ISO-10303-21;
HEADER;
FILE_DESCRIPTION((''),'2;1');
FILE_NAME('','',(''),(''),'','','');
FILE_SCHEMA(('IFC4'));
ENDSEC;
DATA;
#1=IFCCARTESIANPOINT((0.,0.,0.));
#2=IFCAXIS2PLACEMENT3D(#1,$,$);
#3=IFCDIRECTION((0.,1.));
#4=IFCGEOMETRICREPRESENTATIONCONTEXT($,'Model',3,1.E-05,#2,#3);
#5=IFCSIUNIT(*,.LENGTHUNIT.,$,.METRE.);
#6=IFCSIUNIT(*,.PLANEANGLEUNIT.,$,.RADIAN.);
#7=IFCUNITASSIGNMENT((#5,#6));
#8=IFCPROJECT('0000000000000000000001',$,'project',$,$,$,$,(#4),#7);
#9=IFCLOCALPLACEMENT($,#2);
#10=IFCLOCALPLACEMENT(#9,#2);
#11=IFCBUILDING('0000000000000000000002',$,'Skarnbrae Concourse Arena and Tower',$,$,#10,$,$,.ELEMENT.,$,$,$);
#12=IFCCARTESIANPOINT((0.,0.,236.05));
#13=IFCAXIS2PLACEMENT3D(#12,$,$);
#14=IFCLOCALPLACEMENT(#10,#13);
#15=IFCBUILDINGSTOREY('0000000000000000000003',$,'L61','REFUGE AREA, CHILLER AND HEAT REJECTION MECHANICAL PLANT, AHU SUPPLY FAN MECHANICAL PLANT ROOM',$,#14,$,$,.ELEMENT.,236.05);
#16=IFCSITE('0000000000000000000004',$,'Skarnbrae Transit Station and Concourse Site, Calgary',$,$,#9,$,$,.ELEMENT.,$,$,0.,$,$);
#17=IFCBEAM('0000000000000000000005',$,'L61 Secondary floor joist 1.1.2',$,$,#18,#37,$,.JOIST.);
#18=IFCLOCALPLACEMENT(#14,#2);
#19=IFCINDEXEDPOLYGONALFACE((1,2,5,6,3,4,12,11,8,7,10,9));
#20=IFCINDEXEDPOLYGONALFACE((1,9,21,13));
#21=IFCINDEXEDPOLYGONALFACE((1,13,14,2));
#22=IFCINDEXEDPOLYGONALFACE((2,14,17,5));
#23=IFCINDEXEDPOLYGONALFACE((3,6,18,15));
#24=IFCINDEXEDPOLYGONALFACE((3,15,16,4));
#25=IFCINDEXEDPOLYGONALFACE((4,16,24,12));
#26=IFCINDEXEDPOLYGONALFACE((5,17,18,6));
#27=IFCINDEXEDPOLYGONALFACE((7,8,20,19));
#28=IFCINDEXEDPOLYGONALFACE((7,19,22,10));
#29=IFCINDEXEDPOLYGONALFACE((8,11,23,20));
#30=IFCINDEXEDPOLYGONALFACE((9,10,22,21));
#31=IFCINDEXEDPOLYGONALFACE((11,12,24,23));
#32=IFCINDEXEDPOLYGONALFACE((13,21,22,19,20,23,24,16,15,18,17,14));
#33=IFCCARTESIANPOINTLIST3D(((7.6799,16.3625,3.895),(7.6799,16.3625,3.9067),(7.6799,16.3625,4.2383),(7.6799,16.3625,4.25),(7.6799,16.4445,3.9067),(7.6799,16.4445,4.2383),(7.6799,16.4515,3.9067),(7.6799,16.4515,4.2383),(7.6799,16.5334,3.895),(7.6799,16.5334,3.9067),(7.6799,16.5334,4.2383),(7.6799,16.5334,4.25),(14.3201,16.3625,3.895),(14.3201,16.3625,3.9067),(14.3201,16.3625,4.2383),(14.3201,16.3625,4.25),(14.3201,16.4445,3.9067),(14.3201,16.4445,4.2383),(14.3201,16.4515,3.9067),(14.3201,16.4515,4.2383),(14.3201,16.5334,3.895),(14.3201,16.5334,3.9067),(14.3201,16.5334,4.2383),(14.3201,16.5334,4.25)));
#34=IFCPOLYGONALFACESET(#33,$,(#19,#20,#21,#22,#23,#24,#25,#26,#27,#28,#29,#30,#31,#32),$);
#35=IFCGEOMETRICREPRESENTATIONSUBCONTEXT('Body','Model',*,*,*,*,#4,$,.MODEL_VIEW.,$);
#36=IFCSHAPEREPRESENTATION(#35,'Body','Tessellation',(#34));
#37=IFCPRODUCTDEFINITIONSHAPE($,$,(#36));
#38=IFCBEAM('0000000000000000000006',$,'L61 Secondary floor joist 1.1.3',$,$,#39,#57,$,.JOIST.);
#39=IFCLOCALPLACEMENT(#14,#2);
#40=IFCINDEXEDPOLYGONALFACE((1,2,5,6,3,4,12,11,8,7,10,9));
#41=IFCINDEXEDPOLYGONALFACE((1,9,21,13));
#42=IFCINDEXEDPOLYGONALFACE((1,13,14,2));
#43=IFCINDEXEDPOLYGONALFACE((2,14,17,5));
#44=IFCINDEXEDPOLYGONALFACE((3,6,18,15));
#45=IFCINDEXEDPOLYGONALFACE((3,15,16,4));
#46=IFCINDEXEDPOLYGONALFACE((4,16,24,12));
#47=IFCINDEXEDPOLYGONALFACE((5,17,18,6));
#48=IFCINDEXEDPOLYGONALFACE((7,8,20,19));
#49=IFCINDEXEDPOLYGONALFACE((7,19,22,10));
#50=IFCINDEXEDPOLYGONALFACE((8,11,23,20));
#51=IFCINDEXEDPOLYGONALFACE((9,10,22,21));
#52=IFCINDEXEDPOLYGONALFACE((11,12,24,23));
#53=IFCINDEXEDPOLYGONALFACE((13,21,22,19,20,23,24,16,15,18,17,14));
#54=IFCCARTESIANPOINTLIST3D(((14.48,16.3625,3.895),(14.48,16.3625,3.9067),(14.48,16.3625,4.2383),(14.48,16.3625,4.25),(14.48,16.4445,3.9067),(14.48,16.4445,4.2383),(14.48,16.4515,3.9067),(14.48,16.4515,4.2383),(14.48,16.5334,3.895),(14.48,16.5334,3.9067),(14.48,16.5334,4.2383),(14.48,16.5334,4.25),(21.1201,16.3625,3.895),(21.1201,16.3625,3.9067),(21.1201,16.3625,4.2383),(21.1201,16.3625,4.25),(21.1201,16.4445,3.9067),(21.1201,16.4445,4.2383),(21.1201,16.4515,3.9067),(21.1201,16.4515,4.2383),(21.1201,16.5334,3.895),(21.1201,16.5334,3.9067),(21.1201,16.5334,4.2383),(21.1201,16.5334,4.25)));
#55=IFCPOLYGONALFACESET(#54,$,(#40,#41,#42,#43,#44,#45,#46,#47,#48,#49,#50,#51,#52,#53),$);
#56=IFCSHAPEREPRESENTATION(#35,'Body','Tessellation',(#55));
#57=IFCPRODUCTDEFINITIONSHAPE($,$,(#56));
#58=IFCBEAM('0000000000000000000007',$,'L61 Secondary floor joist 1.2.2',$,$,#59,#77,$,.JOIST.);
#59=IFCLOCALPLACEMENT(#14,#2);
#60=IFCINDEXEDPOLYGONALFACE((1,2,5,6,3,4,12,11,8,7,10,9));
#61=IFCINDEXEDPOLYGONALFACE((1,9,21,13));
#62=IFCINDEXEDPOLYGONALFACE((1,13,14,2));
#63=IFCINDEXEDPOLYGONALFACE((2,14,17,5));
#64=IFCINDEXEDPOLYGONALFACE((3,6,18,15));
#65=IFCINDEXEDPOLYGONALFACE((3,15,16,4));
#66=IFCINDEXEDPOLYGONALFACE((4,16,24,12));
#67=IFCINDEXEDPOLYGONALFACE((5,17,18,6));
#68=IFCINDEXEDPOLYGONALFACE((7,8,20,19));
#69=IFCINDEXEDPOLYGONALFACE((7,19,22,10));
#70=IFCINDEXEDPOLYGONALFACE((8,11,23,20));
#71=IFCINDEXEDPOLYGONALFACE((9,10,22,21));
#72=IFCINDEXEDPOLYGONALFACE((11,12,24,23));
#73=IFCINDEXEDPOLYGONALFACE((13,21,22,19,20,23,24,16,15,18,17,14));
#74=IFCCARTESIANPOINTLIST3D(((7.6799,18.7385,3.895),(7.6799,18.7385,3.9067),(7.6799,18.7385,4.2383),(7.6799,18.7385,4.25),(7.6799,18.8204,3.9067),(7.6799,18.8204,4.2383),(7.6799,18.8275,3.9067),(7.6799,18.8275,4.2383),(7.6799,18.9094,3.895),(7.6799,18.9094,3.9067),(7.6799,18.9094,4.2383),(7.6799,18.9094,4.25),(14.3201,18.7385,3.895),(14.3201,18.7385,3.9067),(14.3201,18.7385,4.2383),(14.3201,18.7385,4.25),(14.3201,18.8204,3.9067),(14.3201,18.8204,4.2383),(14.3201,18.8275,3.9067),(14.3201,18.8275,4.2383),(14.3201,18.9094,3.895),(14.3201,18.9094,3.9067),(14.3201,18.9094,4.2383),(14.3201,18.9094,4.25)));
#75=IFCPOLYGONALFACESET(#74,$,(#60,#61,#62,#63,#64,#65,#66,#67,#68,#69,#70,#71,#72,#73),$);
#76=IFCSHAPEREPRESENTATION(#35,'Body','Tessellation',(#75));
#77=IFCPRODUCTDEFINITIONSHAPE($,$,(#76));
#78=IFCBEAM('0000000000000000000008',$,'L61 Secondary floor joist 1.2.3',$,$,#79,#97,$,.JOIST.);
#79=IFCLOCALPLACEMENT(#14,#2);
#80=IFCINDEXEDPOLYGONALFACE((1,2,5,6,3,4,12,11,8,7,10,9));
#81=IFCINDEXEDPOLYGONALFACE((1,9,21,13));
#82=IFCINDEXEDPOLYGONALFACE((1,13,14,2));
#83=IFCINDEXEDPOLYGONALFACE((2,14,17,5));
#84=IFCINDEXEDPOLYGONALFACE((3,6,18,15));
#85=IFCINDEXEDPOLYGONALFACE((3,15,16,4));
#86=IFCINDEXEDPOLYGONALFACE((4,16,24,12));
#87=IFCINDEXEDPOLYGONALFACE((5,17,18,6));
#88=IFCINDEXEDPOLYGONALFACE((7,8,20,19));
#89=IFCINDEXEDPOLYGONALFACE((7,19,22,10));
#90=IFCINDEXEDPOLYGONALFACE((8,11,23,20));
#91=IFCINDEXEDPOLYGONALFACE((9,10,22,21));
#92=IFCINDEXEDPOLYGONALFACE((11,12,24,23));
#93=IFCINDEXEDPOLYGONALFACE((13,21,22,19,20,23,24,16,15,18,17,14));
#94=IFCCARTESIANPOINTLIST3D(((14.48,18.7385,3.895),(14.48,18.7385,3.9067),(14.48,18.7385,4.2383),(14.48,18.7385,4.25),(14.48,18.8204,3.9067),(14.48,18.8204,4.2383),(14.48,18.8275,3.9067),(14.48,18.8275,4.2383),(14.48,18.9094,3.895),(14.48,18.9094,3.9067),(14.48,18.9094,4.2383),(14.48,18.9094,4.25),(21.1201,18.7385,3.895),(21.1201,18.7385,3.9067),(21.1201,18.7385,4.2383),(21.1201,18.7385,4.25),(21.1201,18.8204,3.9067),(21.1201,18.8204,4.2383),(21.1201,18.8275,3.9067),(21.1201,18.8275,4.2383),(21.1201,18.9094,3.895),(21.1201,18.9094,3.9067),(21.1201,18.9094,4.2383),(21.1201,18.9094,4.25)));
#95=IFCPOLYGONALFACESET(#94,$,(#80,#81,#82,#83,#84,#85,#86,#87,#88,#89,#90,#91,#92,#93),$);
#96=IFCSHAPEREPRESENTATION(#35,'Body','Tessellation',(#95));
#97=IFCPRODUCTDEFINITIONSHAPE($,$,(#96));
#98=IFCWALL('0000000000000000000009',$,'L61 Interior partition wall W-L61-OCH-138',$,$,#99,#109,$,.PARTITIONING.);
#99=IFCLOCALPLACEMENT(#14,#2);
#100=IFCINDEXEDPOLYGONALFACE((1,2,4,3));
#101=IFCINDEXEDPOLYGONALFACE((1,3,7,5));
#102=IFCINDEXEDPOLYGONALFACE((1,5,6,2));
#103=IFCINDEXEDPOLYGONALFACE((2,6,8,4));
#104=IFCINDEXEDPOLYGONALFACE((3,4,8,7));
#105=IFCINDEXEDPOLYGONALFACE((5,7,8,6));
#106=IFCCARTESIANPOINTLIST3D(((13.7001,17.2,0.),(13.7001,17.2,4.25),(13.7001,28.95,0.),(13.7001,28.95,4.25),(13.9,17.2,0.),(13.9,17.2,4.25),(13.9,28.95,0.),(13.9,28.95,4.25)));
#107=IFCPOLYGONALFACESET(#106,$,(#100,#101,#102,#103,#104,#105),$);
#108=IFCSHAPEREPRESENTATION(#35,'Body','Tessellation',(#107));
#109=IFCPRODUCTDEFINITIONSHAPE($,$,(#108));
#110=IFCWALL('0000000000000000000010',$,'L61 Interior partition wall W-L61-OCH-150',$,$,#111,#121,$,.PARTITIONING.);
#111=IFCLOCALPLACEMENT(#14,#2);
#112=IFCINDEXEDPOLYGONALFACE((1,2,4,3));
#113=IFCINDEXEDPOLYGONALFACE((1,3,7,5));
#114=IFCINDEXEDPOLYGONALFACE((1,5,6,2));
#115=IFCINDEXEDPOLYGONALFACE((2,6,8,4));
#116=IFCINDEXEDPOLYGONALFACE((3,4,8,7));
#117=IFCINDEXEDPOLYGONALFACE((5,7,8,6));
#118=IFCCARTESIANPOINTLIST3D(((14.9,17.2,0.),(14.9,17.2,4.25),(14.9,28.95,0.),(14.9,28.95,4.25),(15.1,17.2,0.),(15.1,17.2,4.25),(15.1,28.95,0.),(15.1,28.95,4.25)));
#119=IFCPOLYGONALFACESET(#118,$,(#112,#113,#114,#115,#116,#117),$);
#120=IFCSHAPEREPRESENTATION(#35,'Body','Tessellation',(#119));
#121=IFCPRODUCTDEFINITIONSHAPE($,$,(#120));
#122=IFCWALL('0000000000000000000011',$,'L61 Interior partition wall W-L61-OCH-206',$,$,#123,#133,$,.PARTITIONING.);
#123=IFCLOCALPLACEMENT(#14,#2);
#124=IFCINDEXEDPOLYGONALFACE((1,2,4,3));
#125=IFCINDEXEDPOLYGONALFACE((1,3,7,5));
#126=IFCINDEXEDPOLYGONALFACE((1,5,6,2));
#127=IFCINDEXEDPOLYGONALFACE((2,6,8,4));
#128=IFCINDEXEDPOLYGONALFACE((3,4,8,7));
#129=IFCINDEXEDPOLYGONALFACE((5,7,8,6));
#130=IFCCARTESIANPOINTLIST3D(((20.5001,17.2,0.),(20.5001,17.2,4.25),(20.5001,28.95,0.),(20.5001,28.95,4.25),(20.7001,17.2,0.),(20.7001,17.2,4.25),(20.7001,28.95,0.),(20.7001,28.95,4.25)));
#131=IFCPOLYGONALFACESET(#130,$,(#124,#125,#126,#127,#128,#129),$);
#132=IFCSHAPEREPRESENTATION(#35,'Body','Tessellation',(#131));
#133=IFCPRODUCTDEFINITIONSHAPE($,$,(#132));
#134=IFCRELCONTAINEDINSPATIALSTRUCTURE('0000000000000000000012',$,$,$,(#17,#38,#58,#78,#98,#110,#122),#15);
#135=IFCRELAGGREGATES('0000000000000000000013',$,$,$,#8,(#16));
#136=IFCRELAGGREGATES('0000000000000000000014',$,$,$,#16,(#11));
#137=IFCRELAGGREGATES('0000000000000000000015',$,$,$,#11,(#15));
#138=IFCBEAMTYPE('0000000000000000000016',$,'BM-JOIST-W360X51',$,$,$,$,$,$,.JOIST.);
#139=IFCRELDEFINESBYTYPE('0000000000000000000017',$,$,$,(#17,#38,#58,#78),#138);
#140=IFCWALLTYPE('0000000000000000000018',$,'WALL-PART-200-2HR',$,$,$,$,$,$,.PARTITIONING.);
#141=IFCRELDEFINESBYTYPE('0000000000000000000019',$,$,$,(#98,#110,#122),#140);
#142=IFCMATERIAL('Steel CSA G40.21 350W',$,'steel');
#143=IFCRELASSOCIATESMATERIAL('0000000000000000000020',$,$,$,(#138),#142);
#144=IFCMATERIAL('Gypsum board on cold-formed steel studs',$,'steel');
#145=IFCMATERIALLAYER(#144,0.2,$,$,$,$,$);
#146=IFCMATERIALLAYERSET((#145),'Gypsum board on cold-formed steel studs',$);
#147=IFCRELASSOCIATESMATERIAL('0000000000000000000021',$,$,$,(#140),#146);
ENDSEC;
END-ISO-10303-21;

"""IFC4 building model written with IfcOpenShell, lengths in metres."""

from ifc_helpers import new_model, si_unit, direction, frame, frame_2d, origin, origin_2d, place, context, subcontext, project, spatial, rectangle, i_section, extrude, source, transform, mapped, material, layer, layer_set, material_profile, profile_set, type_object, element, save


model = new_model("IFC4")

# Units and contexts
model_context = context("Model", 3, precision=1e-05, world=origin(), true_north=direction((0.0, 1.0)))
body_context = subcontext(model_context, "Body", "Model", "MODEL_VIEW")
ifc_project = project(units=[si_unit("LENGTHUNIT", "METRE"), si_unit("PLANEANGLEUNIT", "RADIAN")], contexts=[model_context])

# Site, building, storey
site_placement = place(None, origin())
site = spatial("IfcSite", under=ifc_project, at=site_placement, Name="Skarnbrae Transit Station and Concourse Site, Calgary", CompositionType="ELEMENT", RefElevation=0.0)
building_placement = place(site_placement, origin())
building = spatial("IfcBuilding", under=site, at=building_placement, Name="Skarnbrae Concourse Arena and Tower", CompositionType="ELEMENT")
storey_placement = place(building_placement, frame((0.0, 0.0, 236.05)))
storey = spatial("IfcBuildingStorey", under=building, at=storey_placement, Name="L61", Description="REFUGE AREA, CHILLER AND HEAT REJECTION MECHANICAL PLANT, AHU SUPPLY FAN MECHANICAL PLANT ROOM", CompositionType="ELEMENT", Elevation=236.05)

# Shared definitions
ifc_material_1 = material(Name="Steel CSA G40.21 350W", Category="steel")

# Beams
ifc_material_profile_1 = material_profile(ifc_material_1, i_section(OverallWidth=0.1709, OverallDepth=0.355, WebThickness=0.0071, FlangeThickness=0.0117, at=origin_2d()), Name="W360X51")
ifc_profile_set_1 = profile_set([ifc_material_profile_1], Name="Steel CSA G40.21 350W")
beam_type_1 = type_object("IfcBeamType", Name="BM-JOIST-W360X51", PredefinedType="JOIST", material=ifc_profile_set_1)
shared_shape_1 = source(origin(), body_context, "Body", "SweptSolid", [
    extrude(i_section(OverallWidth=0.1709, OverallDepth=0.355, WebThickness=0.0071, FlangeThickness=0.0117, at=origin_2d()), origin(), (0.0, 0.0, 1.0), 6.6401),
])
for number, where, z_axis, x_axis, name in (
    (1, (7.6799, 16.448, 4.0725), (1.0, 0.0, 0.0), (0.0, 1.0, 0.0), "L61 Secondary floor joist 1.1.2"),
    (2, (14.48, 16.448, 4.0725), (1.0, 0.0, 0.0), (0.0, 1.0, 0.0), "L61 Secondary floor joist 1.1.3"),
    (3, (7.6799, 18.824, 4.0725), (1.0, 0.0, 0.0), (0.0, 1.0, 0.0), "L61 Secondary floor joist 1.2.2"),
    (4, (14.48, 18.824, 4.0725), (1.0, 0.0, 0.0), (0.0, 1.0, 0.0), "L61 Secondary floor joist 1.2.3"),
):
    element("IfcBeam", number, at=place(storey_placement, frame(where, z_axis=z_axis, x_axis=x_axis)), inside=storey, type_object=beam_type_1, Name=name, PredefinedType="JOIST", context=body_context, shape_type="MappedRepresentation", body=[
        mapped(shared_shape_1, transform((0.0, 0.0, 0.0))),
    ])

# Walls
ifc_material_2 = material(Name="Gypsum board on cold-formed steel studs", Category="steel")
ifc_layer_1 = layer(ifc_material_2, 0.2)
ifc_layer_set_1 = layer_set([ifc_layer_1], Name="Gypsum board on cold-formed steel studs")
wall_type_1 = type_object("IfcWallType", Name="WALL-PART-200-2HR", PredefinedType="PARTITIONING", material=ifc_layer_set_1)
shared_shape_2 = source(origin(), body_context, "Body", "SweptSolid", [
    extrude(rectangle(XDim=11.75, YDim=0.2, at=frame_2d((5.875, 0.0))), origin(), (0.0, 0.0, 1.0), 4.25),
])
for number, where, z_axis, x_axis, name in (
    (5, (13.8, 17.2, 0.0), (0.0, 0.0, 1.0), (0.0, 1.0, 0.0), "L61 Interior partition wall W-L61-OCH-138"),
    (6, (15.0, 17.2, 0.0), (0.0, 0.0, 1.0), (0.0, 1.0, 0.0), "L61 Interior partition wall W-L61-OCH-150"),
    (7, (20.6001, 17.2, 0.0), (0.0, 0.0, 1.0), (0.0, 1.0, 0.0), "L61 Interior partition wall W-L61-OCH-206"),
):
    element("IfcWall", number, at=place(storey_placement, frame(where, z_axis=z_axis, x_axis=x_axis)), inside=storey, type_object=wall_type_1, Name=name, PredefinedType="PARTITIONING", context=body_context, shape_type="MappedRepresentation", body=[
        mapped(shared_shape_2, transform((0.0, 0.0, 0.0))),
    ])

save(model, "model.ifc")
